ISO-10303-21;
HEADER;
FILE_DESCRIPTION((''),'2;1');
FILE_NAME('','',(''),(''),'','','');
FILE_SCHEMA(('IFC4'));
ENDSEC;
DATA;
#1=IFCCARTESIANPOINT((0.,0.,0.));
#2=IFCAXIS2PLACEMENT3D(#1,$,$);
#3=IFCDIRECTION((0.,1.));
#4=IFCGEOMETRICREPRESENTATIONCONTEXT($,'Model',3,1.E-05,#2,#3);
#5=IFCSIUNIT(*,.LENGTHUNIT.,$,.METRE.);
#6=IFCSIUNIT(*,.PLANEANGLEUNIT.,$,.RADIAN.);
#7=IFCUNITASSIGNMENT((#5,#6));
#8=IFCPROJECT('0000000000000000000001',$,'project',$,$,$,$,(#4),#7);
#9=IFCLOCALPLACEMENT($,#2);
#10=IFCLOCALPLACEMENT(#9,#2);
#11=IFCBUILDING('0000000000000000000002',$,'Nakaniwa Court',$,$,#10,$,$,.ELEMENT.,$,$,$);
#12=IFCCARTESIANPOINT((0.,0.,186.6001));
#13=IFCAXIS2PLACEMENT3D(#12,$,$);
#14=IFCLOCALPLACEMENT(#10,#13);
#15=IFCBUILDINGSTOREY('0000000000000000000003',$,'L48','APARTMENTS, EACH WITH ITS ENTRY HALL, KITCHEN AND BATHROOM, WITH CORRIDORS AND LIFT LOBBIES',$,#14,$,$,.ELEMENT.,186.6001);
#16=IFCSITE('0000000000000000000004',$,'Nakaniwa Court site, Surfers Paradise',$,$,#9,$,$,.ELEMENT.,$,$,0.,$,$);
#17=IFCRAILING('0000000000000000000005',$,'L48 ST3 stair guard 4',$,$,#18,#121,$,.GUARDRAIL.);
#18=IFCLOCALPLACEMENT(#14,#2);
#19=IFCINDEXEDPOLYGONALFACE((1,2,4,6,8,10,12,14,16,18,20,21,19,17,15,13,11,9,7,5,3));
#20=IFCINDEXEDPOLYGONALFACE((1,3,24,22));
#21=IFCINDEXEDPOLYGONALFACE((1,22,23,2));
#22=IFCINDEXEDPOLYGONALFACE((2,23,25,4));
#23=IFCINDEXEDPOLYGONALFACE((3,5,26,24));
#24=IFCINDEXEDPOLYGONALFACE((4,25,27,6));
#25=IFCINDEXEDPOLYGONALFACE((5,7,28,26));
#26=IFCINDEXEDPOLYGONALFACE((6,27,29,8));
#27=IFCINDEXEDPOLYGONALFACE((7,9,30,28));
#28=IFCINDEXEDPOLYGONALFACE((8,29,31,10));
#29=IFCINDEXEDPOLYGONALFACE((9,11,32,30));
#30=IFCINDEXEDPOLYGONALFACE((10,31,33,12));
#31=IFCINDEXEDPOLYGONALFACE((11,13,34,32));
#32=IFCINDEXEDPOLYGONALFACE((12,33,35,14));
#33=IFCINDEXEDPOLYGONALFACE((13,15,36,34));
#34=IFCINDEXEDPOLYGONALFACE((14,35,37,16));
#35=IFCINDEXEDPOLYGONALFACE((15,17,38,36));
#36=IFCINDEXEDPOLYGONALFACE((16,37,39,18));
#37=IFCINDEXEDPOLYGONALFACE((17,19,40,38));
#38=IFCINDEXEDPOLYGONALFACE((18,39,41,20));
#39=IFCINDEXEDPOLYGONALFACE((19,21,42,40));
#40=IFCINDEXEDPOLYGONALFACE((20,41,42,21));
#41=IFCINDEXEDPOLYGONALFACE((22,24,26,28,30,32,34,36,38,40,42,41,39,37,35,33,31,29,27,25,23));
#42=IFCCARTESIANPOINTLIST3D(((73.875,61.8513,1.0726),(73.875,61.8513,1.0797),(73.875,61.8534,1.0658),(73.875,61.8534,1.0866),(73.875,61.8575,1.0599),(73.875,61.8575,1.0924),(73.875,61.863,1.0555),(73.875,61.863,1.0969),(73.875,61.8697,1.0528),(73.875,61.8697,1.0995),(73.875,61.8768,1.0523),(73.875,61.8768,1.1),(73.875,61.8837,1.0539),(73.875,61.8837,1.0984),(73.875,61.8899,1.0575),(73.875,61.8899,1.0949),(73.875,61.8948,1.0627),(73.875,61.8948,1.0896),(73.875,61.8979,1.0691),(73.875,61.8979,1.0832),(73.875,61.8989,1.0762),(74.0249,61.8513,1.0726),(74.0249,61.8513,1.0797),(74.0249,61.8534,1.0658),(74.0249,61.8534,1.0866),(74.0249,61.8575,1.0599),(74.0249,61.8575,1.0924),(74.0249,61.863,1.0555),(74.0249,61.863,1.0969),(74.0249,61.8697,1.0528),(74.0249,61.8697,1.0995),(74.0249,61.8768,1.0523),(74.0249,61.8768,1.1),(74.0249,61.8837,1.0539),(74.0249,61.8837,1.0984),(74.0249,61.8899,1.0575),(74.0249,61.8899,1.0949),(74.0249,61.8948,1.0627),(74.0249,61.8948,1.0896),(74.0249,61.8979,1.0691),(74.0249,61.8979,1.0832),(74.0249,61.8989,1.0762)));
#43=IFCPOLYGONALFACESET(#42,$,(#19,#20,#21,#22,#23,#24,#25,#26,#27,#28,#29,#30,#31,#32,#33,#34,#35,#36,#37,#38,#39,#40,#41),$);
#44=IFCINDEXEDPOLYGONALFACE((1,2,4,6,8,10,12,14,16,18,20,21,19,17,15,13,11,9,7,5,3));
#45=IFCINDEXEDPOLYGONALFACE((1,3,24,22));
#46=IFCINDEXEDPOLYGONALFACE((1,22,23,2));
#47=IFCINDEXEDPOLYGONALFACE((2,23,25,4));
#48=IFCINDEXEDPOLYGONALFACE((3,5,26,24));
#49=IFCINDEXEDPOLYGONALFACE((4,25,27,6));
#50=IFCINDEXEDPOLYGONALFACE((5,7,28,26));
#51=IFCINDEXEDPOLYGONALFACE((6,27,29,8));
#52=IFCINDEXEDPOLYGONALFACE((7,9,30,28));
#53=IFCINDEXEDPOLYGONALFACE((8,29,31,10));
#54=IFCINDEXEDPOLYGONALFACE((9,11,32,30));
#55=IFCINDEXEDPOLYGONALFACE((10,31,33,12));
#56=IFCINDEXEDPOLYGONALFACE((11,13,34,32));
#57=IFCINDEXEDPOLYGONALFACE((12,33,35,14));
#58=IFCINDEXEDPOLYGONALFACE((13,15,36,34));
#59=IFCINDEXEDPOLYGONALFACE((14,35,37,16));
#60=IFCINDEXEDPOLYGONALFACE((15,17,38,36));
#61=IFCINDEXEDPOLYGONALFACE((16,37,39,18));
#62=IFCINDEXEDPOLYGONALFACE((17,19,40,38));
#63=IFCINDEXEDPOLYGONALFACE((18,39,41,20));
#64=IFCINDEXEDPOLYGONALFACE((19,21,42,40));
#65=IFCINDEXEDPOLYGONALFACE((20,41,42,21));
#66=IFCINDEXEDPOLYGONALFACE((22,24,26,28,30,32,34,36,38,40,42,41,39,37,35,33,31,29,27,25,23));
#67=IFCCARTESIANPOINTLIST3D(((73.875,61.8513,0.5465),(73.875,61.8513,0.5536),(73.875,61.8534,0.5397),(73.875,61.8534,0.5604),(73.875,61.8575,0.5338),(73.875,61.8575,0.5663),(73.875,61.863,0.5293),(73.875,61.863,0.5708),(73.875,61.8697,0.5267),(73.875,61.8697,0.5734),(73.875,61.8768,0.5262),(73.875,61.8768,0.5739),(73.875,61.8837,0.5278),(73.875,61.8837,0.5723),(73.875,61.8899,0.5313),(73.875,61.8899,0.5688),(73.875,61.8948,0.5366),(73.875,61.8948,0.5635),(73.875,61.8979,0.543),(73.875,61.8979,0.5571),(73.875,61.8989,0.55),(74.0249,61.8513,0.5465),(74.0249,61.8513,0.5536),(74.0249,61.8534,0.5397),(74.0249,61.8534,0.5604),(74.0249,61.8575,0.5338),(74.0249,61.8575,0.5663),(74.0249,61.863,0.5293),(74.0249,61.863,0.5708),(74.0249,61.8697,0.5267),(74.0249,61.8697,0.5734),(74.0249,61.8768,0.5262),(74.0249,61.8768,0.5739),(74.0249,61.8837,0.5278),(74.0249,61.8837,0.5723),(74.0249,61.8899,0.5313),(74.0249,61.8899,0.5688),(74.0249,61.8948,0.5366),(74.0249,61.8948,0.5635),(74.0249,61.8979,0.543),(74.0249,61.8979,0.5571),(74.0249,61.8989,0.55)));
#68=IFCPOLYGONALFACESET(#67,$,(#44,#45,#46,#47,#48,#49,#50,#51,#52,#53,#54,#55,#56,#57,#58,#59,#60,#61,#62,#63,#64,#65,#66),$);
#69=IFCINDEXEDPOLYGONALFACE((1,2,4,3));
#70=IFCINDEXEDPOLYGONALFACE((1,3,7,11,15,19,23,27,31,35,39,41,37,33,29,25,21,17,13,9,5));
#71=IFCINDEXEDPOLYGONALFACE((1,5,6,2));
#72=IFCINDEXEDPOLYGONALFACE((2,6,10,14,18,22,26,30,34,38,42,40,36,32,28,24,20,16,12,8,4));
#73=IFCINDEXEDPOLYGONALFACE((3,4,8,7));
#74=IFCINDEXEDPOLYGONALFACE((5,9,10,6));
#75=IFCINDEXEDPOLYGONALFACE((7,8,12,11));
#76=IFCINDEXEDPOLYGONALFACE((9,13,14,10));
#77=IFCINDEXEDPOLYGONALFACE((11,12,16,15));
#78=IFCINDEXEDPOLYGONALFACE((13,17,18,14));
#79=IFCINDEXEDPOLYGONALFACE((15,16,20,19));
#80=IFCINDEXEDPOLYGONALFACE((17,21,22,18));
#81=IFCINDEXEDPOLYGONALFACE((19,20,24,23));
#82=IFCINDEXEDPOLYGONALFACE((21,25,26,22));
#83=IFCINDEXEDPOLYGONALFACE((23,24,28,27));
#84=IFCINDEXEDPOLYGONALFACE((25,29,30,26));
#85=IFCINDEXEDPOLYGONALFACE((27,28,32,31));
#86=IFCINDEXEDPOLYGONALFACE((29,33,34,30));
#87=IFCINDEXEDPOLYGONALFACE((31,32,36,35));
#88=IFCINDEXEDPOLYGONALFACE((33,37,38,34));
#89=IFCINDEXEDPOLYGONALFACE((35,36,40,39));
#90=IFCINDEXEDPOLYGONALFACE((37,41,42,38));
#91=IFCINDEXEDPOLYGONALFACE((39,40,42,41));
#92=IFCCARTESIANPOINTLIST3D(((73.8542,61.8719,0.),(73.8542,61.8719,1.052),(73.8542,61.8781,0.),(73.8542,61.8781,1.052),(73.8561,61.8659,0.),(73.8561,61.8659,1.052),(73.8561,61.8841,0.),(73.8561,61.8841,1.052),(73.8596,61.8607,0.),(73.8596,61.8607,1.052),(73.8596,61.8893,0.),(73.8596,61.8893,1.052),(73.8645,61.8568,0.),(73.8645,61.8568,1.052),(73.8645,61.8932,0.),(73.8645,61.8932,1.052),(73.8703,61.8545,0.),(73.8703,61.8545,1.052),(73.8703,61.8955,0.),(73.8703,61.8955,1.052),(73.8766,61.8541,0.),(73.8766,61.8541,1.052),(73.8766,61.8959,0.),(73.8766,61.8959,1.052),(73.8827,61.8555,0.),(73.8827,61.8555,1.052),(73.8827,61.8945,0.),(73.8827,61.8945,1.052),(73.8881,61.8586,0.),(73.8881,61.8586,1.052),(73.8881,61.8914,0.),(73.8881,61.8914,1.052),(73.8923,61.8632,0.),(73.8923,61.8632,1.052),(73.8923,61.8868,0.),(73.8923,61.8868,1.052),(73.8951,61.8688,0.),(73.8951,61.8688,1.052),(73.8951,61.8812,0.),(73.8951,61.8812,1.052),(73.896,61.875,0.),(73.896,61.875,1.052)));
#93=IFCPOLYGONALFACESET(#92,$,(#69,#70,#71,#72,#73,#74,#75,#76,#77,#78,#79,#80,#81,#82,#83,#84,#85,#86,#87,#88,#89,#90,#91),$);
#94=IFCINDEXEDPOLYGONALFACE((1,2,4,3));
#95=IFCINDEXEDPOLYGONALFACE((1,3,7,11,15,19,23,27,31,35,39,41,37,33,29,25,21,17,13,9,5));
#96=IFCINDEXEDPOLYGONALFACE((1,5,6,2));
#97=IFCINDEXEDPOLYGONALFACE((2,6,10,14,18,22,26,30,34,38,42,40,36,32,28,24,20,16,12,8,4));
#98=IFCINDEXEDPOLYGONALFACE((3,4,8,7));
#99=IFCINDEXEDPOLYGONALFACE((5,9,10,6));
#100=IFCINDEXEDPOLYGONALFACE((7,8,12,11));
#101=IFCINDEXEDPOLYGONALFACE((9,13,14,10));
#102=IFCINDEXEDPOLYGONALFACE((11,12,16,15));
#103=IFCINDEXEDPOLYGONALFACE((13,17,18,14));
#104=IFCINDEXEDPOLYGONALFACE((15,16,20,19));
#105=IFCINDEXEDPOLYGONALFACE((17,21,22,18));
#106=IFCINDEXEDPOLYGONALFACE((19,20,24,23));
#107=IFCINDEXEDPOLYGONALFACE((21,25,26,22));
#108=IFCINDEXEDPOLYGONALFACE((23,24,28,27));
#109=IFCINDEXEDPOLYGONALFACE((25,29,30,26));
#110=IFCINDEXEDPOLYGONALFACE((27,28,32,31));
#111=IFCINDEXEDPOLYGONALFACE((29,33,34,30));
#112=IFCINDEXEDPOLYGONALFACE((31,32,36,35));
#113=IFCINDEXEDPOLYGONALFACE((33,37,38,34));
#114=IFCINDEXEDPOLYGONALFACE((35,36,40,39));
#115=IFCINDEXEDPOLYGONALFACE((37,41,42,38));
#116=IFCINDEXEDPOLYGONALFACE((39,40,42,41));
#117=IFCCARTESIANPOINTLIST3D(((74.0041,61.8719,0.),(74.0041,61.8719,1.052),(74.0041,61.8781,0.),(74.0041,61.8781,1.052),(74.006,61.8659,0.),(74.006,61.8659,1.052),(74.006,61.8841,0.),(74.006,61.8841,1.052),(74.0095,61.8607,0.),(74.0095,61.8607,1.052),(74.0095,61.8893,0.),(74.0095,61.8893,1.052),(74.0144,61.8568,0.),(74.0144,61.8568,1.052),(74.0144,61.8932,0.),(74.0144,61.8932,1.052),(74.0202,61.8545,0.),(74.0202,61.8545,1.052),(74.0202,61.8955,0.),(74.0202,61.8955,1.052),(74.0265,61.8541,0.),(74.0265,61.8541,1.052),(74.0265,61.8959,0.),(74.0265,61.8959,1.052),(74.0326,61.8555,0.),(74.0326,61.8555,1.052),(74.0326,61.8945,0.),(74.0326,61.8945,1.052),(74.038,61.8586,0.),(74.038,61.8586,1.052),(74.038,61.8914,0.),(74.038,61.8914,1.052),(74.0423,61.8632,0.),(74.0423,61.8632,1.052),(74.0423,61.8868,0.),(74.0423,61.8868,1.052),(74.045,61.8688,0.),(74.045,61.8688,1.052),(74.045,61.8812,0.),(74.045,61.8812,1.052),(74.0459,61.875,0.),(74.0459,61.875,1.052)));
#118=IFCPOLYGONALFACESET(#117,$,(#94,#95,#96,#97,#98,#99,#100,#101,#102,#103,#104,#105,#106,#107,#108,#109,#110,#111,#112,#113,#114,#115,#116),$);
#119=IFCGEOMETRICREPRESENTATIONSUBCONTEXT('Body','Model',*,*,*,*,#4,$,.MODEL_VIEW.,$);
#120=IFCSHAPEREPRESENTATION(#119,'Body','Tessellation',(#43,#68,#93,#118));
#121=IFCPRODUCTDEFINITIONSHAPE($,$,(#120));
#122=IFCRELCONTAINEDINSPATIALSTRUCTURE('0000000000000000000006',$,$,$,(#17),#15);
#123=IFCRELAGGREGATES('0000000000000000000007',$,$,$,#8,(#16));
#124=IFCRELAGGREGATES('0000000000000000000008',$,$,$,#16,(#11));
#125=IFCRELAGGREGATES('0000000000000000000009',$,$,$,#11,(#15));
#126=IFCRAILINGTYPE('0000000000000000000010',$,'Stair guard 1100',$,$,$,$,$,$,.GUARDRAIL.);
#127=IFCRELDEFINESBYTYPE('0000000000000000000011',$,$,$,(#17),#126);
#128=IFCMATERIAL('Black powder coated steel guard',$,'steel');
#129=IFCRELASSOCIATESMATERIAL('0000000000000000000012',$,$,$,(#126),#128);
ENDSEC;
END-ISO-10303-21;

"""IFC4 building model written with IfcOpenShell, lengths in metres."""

from ifc_helpers import new_model, si_unit, direction, frame, origin, origin_2d, place, context, subcontext, project, spatial, circle, extrude, material, type_object, element, save


model = new_model("IFC4")

# Units and contexts
model_context = context("Model", 3, precision=1e-05, world=origin(), true_north=direction((0.0, 1.0)))
body_context = subcontext(model_context, "Body", "Model", "MODEL_VIEW")
ifc_project = project(units=[si_unit("LENGTHUNIT", "METRE"), si_unit("PLANEANGLEUNIT", "RADIAN")], contexts=[model_context])

# Site, building, storey
site_placement = place(None, origin())
site = spatial("IfcSite", under=ifc_project, at=site_placement, Name="Nakaniwa Court site, Surfers Paradise", CompositionType="ELEMENT", RefElevation=0.0)
building_placement = place(site_placement, origin())
building = spatial("IfcBuilding", under=site, at=building_placement, Name="Nakaniwa Court", CompositionType="ELEMENT")
storey_placement = place(building_placement, frame((0.0, 0.0, 186.6001)))
storey = spatial("IfcBuildingStorey", under=building, at=storey_placement, Name="L48", Description="APARTMENTS, EACH WITH ITS ENTRY HALL, KITCHEN AND BATHROOM, WITH CORRIDORS AND LIFT LOBBIES", CompositionType="ELEMENT", Elevation=186.6001)

# Railing
ifc_material_1 = material(Name="Black powder coated steel guard", Category="steel")
railing_type_1 = type_object("IfcRailingType", Name="Stair guard 1100", PredefinedType="GUARDRAIL", material=ifc_material_1)
railing_1_placement = place(storey_placement, frame((73.875, 61.875, 0.0)))
element("IfcRailing", 1, at=railing_1_placement, inside=storey, type_object=railing_type_1, Name="L48 ST3 stair guard 4", PredefinedType="GUARDRAIL", context=body_context, shape_type="SweptSolid", body=[
    extrude(circle(Radius=0.0239, at=origin_2d()), frame((0.0, 0.0, 1.0762), z_axis=(1.0, 0.0, 0.0), x_axis=(0.0, 1.0, 0.0)), (0.0, 0.0, 1.0), 0.1499),
    extrude(circle(Radius=0.0239, at=origin_2d()), frame((0.0, 0.0, 0.55), z_axis=(1.0, 0.0, 0.0), x_axis=(0.0, 1.0, 0.0)), (0.0, 0.0, 1.0), 0.1499),
    extrude(circle(Radius=0.021, at=origin_2d()), origin(), (0.0, 0.0, 1.0), 1.052),
    extrude(circle(Radius=0.021, at=origin_2d()), frame((0.1499, 0.0, 0.0)), (0.0, 0.0, 1.0), 1.052),
])

save(model, "model.ifc")
